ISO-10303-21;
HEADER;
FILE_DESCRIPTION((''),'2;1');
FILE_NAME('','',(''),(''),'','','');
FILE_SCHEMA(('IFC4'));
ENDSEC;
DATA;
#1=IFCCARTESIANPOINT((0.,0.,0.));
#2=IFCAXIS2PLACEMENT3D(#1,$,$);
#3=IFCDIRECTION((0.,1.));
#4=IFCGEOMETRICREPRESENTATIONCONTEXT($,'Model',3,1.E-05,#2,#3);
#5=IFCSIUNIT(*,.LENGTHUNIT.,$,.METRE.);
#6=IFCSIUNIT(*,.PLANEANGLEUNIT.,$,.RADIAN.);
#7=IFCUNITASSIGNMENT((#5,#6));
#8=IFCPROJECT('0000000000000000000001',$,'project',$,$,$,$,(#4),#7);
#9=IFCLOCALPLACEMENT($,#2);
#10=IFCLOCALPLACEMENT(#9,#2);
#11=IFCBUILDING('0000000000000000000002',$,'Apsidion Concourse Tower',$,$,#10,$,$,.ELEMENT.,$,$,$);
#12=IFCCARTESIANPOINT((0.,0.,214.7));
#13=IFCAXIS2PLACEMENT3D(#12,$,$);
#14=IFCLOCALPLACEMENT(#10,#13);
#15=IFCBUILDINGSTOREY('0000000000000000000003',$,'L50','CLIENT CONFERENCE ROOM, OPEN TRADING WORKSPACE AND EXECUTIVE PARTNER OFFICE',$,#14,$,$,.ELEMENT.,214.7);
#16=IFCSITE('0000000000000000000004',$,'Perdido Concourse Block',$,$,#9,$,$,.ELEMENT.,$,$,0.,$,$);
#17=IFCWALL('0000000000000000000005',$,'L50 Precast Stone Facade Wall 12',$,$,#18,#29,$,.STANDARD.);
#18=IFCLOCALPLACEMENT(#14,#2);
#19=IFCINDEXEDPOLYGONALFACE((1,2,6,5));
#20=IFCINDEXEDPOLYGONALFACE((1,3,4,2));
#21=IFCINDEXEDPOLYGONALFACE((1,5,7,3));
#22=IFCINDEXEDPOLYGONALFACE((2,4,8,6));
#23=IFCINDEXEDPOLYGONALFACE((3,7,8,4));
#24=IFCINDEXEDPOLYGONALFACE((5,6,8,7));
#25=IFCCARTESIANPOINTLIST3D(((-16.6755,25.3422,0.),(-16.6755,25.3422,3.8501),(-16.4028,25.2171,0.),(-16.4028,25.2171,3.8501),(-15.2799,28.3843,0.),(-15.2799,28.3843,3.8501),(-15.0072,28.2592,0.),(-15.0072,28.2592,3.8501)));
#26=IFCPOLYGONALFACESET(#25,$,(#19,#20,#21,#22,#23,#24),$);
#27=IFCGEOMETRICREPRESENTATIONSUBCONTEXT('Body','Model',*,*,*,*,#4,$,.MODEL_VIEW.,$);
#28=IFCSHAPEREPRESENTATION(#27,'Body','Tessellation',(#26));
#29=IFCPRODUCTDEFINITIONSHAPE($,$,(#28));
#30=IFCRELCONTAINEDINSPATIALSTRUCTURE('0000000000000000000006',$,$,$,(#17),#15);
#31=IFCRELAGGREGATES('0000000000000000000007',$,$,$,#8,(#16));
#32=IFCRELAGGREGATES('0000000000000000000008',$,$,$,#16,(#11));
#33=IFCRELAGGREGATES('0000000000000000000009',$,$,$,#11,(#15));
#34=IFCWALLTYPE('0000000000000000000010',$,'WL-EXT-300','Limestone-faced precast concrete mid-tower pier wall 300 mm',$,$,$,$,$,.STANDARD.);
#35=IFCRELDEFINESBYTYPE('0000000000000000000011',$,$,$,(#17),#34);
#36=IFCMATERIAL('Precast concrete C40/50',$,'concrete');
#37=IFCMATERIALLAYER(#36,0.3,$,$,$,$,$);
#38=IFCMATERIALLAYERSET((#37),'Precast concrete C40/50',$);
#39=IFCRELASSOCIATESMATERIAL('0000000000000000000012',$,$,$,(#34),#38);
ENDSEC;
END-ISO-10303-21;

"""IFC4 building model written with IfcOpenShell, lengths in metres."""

from ifc_helpers import new_model, si_unit, direction, frame, frame_2d, origin, place, context, subcontext, project, spatial, rectangle, extrude, material, layer, layer_set, type_object, element, save


model = new_model("IFC4")

# Units and contexts
model_context = context("Model", 3, precision=1e-05, world=origin(), true_north=direction((0.0, 1.0)))
body_context = subcontext(model_context, "Body", "Model", "MODEL_VIEW")
ifc_project = project(units=[si_unit("LENGTHUNIT", "METRE"), si_unit("PLANEANGLEUNIT", "RADIAN")], contexts=[model_context])

# Site, building, storey
site_placement = place(None, origin())
site = spatial("IfcSite", under=ifc_project, at=site_placement, Name="Perdido Concourse Block", CompositionType="ELEMENT", RefElevation=0.0)
building_placement = place(site_placement, origin())
building = spatial("IfcBuilding", under=site, at=building_placement, Name="Apsidion Concourse Tower", CompositionType="ELEMENT")
storey_placement = place(building_placement, frame((0.0, 0.0, 214.7)))
storey = spatial("IfcBuildingStorey", under=building, at=storey_placement, Name="L50", Description="CLIENT CONFERENCE ROOM, OPEN TRADING WORKSPACE AND EXECUTIVE PARTNER OFFICE", CompositionType="ELEMENT", Elevation=214.7)

# Shared definitions
ifc_material_1 = material(Name="Precast concrete C40/50", Category="concrete")
ifc_layer = layer(ifc_material_1, 0.3)
ifc_layer_set = layer_set([ifc_layer], Name="Precast concrete C40/50")
wall_type = type_object("IfcWallType", Name="WL-EXT-300", Description="Limestone-faced precast concrete mid-tower pier wall 300 mm", PredefinedType="STANDARD", material=ifc_layer_set)

# Wall
wall_1_placement = place(storey_placement, frame((-16.5391, 25.2798, 0.0), z_axis=(0.0, 0.0, 1.0), x_axis=(0.416966, 0.908922, 0.0)))
element("IfcWall", 1, at=wall_1_placement, inside=storey, type_object=wall_type, Name="L50 Precast Stone Facade Wall 12", PredefinedType="STANDARD", context=body_context, shape_type="SweptSolid", body=[
    extrude(rectangle(XDim=3.3469, YDim=0.3, at=frame_2d((1.6733, 0.0))), origin(), (0.0, 0.0, 1.0), 3.8501),
])

save(model, "model.ifc")
